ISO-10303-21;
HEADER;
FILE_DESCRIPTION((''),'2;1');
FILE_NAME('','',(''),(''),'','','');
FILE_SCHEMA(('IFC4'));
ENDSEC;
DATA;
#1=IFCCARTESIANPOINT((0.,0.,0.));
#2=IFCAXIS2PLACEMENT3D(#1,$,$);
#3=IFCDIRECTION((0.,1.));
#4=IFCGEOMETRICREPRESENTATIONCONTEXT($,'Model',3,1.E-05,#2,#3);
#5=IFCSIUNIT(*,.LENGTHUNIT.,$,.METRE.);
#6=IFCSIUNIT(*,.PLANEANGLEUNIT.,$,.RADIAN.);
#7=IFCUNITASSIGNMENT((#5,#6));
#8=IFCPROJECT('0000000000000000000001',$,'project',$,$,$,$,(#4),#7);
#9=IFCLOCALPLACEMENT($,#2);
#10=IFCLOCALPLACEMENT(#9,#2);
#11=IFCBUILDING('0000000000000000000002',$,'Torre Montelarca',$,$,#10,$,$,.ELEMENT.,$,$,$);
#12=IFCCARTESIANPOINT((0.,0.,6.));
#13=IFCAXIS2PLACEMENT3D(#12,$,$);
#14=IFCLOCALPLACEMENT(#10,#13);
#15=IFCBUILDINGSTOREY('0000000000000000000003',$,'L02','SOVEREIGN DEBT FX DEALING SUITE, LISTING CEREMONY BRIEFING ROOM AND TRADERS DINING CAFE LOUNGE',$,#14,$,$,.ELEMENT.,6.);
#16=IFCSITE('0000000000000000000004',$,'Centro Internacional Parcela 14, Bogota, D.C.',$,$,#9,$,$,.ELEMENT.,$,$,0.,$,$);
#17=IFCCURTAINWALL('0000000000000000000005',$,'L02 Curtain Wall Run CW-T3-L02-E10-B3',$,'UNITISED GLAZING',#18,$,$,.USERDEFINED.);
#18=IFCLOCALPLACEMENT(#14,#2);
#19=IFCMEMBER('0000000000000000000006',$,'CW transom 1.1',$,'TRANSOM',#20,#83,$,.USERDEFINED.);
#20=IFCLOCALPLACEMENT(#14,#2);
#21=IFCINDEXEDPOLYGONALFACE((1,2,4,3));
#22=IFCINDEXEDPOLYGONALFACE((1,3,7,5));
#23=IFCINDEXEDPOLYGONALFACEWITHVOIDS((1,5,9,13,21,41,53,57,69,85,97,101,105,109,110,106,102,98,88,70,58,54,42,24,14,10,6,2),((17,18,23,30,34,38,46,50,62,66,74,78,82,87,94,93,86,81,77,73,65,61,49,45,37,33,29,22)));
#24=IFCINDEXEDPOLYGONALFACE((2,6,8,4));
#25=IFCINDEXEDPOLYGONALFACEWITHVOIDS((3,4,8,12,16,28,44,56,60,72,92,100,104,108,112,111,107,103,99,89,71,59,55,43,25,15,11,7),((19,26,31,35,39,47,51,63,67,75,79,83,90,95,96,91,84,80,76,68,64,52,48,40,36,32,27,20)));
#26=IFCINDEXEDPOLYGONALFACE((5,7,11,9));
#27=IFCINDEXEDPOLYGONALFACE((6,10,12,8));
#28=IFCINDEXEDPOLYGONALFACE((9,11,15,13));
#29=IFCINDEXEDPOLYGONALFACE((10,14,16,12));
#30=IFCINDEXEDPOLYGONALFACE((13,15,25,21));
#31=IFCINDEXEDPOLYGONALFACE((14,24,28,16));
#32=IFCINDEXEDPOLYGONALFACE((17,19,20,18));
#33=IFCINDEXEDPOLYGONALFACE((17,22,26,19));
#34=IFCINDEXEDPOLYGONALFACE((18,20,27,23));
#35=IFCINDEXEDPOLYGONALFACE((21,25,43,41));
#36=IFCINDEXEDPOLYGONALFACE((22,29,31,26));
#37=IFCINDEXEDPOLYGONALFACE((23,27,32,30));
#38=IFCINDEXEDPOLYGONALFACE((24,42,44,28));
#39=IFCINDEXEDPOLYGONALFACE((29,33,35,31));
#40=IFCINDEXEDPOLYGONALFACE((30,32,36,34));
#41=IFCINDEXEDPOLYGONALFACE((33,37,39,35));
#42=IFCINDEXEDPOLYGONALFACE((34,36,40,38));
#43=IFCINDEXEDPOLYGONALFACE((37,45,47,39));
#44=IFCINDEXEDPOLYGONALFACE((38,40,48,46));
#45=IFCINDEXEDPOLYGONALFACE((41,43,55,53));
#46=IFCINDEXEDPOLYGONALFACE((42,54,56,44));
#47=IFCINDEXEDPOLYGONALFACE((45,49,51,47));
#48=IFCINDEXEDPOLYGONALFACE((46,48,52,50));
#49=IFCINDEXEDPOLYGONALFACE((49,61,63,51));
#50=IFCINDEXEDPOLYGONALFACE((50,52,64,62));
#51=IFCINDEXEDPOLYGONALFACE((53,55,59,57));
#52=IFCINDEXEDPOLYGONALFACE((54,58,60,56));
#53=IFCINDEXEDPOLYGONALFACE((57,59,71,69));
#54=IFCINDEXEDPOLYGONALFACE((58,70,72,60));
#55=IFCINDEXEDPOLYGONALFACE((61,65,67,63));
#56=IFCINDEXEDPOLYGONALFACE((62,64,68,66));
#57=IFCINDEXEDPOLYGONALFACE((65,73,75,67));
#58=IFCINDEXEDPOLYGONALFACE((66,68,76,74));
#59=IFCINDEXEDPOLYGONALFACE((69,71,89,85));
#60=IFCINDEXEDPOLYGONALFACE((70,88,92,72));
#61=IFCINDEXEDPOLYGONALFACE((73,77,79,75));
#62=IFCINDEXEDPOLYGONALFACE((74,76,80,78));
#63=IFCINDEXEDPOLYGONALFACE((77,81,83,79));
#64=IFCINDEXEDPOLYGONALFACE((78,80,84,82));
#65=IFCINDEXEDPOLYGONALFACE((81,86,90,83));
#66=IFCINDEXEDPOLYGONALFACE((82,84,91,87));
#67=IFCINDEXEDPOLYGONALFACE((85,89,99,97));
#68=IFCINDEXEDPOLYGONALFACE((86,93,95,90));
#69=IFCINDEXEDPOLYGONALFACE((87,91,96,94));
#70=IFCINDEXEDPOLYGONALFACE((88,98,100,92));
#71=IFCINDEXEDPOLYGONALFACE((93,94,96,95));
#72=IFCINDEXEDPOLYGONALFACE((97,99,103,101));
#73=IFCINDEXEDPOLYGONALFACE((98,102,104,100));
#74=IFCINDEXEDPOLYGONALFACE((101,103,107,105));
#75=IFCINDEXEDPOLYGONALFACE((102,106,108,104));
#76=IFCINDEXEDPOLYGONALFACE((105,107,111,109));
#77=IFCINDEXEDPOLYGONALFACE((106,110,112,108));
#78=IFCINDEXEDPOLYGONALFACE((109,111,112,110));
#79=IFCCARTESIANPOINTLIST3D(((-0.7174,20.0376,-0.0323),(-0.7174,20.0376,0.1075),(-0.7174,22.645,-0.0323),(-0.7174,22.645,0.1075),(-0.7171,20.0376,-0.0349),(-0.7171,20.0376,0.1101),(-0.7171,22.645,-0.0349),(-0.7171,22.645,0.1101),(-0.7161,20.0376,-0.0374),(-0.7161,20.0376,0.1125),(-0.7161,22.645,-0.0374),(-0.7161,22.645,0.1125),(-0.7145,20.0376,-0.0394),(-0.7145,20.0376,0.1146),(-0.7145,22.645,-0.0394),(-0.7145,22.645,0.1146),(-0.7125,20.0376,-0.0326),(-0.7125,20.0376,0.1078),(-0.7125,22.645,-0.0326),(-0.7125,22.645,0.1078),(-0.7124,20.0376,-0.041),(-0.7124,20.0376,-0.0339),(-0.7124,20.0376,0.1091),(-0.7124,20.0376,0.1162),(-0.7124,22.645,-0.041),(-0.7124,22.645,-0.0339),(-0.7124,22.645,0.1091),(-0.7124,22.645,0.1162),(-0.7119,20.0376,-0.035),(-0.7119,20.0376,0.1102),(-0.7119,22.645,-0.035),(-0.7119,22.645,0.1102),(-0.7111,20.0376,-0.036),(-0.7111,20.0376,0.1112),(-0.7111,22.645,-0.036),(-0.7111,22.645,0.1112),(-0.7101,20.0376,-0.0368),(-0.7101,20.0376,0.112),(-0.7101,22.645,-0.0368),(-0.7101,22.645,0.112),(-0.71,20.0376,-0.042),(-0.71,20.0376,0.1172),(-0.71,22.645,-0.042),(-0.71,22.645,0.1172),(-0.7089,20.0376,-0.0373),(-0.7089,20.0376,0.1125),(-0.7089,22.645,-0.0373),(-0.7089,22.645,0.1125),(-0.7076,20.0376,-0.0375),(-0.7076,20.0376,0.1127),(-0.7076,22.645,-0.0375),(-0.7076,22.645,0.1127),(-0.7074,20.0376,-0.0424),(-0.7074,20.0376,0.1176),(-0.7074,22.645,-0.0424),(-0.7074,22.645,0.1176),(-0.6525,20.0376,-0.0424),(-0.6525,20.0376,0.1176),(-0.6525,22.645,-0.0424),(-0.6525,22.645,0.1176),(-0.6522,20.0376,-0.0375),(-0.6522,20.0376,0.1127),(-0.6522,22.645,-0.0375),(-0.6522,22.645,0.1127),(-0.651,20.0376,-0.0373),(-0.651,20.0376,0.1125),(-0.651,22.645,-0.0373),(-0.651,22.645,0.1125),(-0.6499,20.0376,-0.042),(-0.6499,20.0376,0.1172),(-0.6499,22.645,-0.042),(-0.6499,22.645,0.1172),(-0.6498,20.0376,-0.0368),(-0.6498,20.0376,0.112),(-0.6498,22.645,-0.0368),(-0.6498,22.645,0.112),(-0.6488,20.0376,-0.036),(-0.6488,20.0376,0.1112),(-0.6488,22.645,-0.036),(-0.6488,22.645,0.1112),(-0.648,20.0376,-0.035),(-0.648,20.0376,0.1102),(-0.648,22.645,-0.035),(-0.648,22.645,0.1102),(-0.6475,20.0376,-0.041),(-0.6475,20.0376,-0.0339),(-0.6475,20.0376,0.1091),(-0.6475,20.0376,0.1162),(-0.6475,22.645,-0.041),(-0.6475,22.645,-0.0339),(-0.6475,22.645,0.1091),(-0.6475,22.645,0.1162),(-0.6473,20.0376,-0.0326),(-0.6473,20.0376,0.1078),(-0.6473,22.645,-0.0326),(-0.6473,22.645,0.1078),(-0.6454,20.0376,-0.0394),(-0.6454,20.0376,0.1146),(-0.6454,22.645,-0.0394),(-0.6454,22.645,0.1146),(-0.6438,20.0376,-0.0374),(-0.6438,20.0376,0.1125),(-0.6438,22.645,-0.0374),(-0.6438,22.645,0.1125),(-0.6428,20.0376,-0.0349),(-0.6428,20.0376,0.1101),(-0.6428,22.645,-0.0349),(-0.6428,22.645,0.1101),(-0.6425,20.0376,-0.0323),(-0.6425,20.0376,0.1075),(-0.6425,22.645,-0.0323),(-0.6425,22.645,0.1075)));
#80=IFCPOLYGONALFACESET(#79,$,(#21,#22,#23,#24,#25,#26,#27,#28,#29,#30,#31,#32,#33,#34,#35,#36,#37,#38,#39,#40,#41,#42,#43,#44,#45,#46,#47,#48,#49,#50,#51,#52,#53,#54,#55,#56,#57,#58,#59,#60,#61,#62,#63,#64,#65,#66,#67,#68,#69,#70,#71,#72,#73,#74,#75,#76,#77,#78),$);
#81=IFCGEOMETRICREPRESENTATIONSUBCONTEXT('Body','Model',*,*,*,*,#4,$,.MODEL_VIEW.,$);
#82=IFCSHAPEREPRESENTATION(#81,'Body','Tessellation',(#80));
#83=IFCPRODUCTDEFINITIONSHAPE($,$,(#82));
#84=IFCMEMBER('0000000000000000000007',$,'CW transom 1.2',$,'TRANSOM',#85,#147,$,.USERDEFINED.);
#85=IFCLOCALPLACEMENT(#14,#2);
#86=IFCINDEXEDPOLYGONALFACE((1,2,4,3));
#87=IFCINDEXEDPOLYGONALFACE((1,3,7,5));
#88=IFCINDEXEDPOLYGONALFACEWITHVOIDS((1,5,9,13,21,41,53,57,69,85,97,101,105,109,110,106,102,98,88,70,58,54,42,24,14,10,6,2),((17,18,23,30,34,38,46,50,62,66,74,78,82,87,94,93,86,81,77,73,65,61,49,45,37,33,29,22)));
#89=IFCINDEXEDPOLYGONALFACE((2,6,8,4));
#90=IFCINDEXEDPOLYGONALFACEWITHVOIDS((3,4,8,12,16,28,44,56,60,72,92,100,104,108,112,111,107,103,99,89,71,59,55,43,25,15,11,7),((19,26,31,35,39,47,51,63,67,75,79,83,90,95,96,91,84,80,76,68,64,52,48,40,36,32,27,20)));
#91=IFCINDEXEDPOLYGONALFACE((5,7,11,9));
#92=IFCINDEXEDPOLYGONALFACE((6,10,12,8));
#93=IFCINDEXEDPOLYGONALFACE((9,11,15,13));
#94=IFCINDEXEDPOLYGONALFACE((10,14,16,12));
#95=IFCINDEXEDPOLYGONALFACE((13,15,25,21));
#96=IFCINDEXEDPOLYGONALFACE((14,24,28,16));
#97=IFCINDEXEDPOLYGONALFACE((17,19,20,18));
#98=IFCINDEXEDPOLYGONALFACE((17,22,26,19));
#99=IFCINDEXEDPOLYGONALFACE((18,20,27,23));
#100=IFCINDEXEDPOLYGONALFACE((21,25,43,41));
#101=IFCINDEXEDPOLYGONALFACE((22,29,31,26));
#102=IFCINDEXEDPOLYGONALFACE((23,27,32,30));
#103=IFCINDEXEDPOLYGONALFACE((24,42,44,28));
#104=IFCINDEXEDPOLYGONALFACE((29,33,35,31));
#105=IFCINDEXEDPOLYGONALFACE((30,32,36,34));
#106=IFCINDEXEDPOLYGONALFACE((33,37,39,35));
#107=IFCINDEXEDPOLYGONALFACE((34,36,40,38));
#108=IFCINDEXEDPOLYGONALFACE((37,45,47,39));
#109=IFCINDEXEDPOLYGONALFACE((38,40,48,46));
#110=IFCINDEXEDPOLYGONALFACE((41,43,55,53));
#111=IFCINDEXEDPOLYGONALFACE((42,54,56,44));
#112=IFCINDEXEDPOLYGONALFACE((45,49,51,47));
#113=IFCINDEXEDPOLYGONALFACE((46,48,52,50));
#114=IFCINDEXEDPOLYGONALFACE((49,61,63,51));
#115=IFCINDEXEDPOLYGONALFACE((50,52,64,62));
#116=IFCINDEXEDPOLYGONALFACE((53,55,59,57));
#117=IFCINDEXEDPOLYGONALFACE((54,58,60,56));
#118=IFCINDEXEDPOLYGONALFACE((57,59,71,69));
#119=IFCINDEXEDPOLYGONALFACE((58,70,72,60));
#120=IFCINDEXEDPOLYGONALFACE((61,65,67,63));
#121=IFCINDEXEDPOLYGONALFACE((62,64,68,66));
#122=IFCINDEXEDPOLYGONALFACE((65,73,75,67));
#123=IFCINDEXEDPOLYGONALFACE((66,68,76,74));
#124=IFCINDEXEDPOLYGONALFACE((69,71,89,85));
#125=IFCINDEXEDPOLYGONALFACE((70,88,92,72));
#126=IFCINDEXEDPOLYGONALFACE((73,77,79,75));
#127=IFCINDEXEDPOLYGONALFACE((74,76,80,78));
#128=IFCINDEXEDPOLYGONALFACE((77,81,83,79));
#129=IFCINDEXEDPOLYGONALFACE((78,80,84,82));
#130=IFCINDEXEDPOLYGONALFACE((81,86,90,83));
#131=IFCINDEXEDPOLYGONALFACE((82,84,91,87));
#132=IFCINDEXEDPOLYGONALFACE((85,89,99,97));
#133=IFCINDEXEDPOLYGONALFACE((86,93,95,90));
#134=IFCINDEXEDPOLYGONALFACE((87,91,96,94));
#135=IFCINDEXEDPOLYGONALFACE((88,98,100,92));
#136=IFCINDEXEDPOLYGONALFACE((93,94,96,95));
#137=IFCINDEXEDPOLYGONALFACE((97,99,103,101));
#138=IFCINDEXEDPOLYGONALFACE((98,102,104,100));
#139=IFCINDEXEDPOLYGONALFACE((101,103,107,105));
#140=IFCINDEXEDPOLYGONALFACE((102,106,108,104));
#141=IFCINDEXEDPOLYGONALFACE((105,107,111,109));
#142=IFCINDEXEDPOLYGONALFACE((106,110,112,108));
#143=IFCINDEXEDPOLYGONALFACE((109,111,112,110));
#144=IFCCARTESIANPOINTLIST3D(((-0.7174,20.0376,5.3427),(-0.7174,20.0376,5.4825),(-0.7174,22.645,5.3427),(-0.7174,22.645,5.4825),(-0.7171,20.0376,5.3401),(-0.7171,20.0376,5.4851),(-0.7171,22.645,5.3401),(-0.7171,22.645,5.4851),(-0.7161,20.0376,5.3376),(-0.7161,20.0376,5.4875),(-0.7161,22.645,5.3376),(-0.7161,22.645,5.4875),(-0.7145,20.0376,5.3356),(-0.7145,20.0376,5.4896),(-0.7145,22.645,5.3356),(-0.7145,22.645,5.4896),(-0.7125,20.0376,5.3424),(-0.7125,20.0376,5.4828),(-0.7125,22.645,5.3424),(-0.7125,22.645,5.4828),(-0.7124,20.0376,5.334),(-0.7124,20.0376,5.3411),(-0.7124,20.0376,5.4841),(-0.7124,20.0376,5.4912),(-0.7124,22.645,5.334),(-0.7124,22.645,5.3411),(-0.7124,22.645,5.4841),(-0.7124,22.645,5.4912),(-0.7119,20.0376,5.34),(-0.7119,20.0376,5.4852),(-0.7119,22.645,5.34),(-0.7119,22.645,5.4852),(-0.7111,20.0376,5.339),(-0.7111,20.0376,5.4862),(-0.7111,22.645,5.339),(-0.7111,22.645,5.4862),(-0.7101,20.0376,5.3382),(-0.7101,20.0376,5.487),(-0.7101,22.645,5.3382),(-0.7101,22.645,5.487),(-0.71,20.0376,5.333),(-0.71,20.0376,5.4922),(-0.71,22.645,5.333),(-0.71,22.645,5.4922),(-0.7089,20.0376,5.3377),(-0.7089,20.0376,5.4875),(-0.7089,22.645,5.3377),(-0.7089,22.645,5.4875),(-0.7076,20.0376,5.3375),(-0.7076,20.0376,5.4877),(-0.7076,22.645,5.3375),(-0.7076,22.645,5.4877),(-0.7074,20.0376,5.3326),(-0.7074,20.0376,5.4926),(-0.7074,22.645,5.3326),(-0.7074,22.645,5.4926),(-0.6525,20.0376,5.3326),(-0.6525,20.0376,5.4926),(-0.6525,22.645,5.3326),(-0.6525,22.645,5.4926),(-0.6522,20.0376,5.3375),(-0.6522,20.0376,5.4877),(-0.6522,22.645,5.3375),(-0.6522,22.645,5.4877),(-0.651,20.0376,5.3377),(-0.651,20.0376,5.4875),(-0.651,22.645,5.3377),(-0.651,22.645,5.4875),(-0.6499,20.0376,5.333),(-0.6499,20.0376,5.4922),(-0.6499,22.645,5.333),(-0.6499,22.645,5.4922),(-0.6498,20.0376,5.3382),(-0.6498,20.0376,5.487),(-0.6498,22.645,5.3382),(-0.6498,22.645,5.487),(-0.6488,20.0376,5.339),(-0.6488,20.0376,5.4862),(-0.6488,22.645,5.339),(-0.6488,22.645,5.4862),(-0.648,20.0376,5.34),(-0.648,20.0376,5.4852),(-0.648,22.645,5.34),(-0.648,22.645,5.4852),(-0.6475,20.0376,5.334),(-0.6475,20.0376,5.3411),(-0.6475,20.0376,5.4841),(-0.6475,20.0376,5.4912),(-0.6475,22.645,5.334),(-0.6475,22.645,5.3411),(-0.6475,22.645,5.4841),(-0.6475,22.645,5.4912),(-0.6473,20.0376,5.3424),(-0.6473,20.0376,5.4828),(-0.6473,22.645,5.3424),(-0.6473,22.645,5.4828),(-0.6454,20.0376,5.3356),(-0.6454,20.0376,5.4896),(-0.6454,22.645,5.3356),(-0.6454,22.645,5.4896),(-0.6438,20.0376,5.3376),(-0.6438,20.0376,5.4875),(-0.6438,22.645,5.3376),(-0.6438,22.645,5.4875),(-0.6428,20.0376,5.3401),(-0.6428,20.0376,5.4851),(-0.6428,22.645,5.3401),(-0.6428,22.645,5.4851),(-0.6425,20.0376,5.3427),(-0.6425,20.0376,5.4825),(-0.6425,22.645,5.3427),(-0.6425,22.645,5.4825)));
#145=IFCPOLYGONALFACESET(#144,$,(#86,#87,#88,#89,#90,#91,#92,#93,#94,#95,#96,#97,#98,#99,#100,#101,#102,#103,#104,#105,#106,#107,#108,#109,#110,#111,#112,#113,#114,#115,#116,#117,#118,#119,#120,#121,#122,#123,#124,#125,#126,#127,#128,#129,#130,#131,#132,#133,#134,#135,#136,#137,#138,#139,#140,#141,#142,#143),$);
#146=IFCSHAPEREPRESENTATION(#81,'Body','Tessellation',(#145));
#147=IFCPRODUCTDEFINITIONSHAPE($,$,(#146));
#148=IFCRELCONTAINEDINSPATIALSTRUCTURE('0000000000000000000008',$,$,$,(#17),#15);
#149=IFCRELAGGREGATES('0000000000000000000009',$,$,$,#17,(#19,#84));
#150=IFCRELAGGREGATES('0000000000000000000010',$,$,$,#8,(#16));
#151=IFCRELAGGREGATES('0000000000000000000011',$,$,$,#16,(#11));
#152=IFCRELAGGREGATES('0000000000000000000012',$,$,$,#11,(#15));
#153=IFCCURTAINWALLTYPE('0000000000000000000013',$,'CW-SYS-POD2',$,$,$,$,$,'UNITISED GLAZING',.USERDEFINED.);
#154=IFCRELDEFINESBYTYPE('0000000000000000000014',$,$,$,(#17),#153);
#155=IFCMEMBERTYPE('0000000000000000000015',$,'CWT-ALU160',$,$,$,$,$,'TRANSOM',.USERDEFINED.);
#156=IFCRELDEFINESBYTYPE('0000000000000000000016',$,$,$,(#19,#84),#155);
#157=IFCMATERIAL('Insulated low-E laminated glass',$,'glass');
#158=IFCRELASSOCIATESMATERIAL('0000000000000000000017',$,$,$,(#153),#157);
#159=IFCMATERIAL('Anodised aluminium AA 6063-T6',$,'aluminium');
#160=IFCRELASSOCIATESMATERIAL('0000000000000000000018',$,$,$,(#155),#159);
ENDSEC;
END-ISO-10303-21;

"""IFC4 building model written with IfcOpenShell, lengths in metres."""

from ifc_helpers import new_model, si_unit, direction, frame, origin, origin_2d, place, context, subcontext, project, spatial, hollow_rectangle, extrude, source, transform, mapped, material, material_profile, profile_set, type_object, element, aggregate, save


model = new_model("IFC4")

# Units and contexts
model_context = context("Model", 3, precision=1e-05, world=origin(), true_north=direction((0.0, 1.0)))
body_context = subcontext(model_context, "Body", "Model", "MODEL_VIEW")
ifc_project = project(units=[si_unit("LENGTHUNIT", "METRE"), si_unit("PLANEANGLEUNIT", "RADIAN")], contexts=[model_context])

# Site, building, storey
site_placement = place(None, origin())
site = spatial("IfcSite", under=ifc_project, at=site_placement, Name="Centro Internacional Parcela 14, Bogota, D.C.", CompositionType="ELEMENT", RefElevation=0.0)
building_placement = place(site_placement, origin())
building = spatial("IfcBuilding", under=site, at=building_placement, Name="Torre Montelarca", CompositionType="ELEMENT")
storey_placement = place(building_placement, frame((0.0, 0.0, 6.0)))
storey = spatial("IfcBuildingStorey", under=building, at=storey_placement, Name="L02", Description="SOVEREIGN DEBT FX DEALING SUITE, LISTING CEREMONY BRIEFING ROOM AND TRADERS DINING CAFE LOUNGE", CompositionType="ELEMENT", Elevation=6.0)

# Shared definitions
ifc_material_1 = material(Name="Insulated low-E laminated glass", Category="glass")
curtain_wall_type = type_object("IfcCurtainWallType", Name="CW-SYS-POD2", ElementType="UNITISED GLAZING", PredefinedType="USERDEFINED", material=ifc_material_1)
ifc_material_2 = material(Name="Anodised aluminium AA 6063-T6", Category="aluminium")

# Curtain wall, members
curtain_wall_1_placement = place(storey_placement, origin())
curtain_wall_1 = element("IfcCurtainWall", 1, at=curtain_wall_1_placement, inside=storey, type_object=curtain_wall_type, Name="L02 Curtain Wall Run CW-T3-L02-E10-B3", ObjectType="UNITISED GLAZING", PredefinedType="USERDEFINED")
ifc_material_profile_1 = material_profile(ifc_material_2, hollow_rectangle(XDim=0.075, YDim=0.1599, WallThickness=0.0049, InnerFilletRadius=0.0049, OuterFilletRadius=0.01, at=origin_2d()), Name="ALU75X160X5", Category="aluminium")
ifc_profile_set_1 = profile_set([ifc_material_profile_1], Name="Anodised aluminium AA 6063-T6")
member_type_1 = type_object("IfcMemberType", Name="CWT-ALU160", ElementType="TRANSOM", PredefinedType="USERDEFINED", material=ifc_profile_set_1)
shared_shape_1 = source(origin(), body_context, "Body", "SweptSolid", [
    extrude(hollow_rectangle(XDim=0.075, YDim=0.1599, WallThickness=0.0049, InnerFilletRadius=0.0049, OuterFilletRadius=0.01, at=origin_2d()), origin(), (0.0, 0.0, 1.0), 2.6074),
])
member_1_placement = place(storey_placement, frame((-0.6799, 22.645, 0.0376), z_axis=(0.0, -1.0, 0.0), x_axis=(1.0, 0.0, 0.0)))
member_1 = element("IfcMember", 2, at=member_1_placement, type_object=member_type_1, Name="CW transom 1.1", ObjectType="TRANSOM", PredefinedType="USERDEFINED", context=body_context, shape_type="MappedRepresentation", body=[
    mapped(shared_shape_1, transform((0.0, 0.0, 0.0), scale=1.0)),
])
member_2_placement = place(storey_placement, frame((-0.6799, 22.645, 5.4126), z_axis=(0.0, -1.0, 0.0), x_axis=(1.0, 0.0, 0.0)))
member_2 = element("IfcMember", 3, at=member_2_placement, type_object=member_type_1, Name="CW transom 1.2", ObjectType="TRANSOM", PredefinedType="USERDEFINED", context=body_context, shape_type="MappedRepresentation", body=[
    mapped(shared_shape_1, transform((0.0, 0.0, 0.0), scale=1.0)),
])
aggregate(curtain_wall_1, [member_1, member_2])

save(model, "model.ifc")
